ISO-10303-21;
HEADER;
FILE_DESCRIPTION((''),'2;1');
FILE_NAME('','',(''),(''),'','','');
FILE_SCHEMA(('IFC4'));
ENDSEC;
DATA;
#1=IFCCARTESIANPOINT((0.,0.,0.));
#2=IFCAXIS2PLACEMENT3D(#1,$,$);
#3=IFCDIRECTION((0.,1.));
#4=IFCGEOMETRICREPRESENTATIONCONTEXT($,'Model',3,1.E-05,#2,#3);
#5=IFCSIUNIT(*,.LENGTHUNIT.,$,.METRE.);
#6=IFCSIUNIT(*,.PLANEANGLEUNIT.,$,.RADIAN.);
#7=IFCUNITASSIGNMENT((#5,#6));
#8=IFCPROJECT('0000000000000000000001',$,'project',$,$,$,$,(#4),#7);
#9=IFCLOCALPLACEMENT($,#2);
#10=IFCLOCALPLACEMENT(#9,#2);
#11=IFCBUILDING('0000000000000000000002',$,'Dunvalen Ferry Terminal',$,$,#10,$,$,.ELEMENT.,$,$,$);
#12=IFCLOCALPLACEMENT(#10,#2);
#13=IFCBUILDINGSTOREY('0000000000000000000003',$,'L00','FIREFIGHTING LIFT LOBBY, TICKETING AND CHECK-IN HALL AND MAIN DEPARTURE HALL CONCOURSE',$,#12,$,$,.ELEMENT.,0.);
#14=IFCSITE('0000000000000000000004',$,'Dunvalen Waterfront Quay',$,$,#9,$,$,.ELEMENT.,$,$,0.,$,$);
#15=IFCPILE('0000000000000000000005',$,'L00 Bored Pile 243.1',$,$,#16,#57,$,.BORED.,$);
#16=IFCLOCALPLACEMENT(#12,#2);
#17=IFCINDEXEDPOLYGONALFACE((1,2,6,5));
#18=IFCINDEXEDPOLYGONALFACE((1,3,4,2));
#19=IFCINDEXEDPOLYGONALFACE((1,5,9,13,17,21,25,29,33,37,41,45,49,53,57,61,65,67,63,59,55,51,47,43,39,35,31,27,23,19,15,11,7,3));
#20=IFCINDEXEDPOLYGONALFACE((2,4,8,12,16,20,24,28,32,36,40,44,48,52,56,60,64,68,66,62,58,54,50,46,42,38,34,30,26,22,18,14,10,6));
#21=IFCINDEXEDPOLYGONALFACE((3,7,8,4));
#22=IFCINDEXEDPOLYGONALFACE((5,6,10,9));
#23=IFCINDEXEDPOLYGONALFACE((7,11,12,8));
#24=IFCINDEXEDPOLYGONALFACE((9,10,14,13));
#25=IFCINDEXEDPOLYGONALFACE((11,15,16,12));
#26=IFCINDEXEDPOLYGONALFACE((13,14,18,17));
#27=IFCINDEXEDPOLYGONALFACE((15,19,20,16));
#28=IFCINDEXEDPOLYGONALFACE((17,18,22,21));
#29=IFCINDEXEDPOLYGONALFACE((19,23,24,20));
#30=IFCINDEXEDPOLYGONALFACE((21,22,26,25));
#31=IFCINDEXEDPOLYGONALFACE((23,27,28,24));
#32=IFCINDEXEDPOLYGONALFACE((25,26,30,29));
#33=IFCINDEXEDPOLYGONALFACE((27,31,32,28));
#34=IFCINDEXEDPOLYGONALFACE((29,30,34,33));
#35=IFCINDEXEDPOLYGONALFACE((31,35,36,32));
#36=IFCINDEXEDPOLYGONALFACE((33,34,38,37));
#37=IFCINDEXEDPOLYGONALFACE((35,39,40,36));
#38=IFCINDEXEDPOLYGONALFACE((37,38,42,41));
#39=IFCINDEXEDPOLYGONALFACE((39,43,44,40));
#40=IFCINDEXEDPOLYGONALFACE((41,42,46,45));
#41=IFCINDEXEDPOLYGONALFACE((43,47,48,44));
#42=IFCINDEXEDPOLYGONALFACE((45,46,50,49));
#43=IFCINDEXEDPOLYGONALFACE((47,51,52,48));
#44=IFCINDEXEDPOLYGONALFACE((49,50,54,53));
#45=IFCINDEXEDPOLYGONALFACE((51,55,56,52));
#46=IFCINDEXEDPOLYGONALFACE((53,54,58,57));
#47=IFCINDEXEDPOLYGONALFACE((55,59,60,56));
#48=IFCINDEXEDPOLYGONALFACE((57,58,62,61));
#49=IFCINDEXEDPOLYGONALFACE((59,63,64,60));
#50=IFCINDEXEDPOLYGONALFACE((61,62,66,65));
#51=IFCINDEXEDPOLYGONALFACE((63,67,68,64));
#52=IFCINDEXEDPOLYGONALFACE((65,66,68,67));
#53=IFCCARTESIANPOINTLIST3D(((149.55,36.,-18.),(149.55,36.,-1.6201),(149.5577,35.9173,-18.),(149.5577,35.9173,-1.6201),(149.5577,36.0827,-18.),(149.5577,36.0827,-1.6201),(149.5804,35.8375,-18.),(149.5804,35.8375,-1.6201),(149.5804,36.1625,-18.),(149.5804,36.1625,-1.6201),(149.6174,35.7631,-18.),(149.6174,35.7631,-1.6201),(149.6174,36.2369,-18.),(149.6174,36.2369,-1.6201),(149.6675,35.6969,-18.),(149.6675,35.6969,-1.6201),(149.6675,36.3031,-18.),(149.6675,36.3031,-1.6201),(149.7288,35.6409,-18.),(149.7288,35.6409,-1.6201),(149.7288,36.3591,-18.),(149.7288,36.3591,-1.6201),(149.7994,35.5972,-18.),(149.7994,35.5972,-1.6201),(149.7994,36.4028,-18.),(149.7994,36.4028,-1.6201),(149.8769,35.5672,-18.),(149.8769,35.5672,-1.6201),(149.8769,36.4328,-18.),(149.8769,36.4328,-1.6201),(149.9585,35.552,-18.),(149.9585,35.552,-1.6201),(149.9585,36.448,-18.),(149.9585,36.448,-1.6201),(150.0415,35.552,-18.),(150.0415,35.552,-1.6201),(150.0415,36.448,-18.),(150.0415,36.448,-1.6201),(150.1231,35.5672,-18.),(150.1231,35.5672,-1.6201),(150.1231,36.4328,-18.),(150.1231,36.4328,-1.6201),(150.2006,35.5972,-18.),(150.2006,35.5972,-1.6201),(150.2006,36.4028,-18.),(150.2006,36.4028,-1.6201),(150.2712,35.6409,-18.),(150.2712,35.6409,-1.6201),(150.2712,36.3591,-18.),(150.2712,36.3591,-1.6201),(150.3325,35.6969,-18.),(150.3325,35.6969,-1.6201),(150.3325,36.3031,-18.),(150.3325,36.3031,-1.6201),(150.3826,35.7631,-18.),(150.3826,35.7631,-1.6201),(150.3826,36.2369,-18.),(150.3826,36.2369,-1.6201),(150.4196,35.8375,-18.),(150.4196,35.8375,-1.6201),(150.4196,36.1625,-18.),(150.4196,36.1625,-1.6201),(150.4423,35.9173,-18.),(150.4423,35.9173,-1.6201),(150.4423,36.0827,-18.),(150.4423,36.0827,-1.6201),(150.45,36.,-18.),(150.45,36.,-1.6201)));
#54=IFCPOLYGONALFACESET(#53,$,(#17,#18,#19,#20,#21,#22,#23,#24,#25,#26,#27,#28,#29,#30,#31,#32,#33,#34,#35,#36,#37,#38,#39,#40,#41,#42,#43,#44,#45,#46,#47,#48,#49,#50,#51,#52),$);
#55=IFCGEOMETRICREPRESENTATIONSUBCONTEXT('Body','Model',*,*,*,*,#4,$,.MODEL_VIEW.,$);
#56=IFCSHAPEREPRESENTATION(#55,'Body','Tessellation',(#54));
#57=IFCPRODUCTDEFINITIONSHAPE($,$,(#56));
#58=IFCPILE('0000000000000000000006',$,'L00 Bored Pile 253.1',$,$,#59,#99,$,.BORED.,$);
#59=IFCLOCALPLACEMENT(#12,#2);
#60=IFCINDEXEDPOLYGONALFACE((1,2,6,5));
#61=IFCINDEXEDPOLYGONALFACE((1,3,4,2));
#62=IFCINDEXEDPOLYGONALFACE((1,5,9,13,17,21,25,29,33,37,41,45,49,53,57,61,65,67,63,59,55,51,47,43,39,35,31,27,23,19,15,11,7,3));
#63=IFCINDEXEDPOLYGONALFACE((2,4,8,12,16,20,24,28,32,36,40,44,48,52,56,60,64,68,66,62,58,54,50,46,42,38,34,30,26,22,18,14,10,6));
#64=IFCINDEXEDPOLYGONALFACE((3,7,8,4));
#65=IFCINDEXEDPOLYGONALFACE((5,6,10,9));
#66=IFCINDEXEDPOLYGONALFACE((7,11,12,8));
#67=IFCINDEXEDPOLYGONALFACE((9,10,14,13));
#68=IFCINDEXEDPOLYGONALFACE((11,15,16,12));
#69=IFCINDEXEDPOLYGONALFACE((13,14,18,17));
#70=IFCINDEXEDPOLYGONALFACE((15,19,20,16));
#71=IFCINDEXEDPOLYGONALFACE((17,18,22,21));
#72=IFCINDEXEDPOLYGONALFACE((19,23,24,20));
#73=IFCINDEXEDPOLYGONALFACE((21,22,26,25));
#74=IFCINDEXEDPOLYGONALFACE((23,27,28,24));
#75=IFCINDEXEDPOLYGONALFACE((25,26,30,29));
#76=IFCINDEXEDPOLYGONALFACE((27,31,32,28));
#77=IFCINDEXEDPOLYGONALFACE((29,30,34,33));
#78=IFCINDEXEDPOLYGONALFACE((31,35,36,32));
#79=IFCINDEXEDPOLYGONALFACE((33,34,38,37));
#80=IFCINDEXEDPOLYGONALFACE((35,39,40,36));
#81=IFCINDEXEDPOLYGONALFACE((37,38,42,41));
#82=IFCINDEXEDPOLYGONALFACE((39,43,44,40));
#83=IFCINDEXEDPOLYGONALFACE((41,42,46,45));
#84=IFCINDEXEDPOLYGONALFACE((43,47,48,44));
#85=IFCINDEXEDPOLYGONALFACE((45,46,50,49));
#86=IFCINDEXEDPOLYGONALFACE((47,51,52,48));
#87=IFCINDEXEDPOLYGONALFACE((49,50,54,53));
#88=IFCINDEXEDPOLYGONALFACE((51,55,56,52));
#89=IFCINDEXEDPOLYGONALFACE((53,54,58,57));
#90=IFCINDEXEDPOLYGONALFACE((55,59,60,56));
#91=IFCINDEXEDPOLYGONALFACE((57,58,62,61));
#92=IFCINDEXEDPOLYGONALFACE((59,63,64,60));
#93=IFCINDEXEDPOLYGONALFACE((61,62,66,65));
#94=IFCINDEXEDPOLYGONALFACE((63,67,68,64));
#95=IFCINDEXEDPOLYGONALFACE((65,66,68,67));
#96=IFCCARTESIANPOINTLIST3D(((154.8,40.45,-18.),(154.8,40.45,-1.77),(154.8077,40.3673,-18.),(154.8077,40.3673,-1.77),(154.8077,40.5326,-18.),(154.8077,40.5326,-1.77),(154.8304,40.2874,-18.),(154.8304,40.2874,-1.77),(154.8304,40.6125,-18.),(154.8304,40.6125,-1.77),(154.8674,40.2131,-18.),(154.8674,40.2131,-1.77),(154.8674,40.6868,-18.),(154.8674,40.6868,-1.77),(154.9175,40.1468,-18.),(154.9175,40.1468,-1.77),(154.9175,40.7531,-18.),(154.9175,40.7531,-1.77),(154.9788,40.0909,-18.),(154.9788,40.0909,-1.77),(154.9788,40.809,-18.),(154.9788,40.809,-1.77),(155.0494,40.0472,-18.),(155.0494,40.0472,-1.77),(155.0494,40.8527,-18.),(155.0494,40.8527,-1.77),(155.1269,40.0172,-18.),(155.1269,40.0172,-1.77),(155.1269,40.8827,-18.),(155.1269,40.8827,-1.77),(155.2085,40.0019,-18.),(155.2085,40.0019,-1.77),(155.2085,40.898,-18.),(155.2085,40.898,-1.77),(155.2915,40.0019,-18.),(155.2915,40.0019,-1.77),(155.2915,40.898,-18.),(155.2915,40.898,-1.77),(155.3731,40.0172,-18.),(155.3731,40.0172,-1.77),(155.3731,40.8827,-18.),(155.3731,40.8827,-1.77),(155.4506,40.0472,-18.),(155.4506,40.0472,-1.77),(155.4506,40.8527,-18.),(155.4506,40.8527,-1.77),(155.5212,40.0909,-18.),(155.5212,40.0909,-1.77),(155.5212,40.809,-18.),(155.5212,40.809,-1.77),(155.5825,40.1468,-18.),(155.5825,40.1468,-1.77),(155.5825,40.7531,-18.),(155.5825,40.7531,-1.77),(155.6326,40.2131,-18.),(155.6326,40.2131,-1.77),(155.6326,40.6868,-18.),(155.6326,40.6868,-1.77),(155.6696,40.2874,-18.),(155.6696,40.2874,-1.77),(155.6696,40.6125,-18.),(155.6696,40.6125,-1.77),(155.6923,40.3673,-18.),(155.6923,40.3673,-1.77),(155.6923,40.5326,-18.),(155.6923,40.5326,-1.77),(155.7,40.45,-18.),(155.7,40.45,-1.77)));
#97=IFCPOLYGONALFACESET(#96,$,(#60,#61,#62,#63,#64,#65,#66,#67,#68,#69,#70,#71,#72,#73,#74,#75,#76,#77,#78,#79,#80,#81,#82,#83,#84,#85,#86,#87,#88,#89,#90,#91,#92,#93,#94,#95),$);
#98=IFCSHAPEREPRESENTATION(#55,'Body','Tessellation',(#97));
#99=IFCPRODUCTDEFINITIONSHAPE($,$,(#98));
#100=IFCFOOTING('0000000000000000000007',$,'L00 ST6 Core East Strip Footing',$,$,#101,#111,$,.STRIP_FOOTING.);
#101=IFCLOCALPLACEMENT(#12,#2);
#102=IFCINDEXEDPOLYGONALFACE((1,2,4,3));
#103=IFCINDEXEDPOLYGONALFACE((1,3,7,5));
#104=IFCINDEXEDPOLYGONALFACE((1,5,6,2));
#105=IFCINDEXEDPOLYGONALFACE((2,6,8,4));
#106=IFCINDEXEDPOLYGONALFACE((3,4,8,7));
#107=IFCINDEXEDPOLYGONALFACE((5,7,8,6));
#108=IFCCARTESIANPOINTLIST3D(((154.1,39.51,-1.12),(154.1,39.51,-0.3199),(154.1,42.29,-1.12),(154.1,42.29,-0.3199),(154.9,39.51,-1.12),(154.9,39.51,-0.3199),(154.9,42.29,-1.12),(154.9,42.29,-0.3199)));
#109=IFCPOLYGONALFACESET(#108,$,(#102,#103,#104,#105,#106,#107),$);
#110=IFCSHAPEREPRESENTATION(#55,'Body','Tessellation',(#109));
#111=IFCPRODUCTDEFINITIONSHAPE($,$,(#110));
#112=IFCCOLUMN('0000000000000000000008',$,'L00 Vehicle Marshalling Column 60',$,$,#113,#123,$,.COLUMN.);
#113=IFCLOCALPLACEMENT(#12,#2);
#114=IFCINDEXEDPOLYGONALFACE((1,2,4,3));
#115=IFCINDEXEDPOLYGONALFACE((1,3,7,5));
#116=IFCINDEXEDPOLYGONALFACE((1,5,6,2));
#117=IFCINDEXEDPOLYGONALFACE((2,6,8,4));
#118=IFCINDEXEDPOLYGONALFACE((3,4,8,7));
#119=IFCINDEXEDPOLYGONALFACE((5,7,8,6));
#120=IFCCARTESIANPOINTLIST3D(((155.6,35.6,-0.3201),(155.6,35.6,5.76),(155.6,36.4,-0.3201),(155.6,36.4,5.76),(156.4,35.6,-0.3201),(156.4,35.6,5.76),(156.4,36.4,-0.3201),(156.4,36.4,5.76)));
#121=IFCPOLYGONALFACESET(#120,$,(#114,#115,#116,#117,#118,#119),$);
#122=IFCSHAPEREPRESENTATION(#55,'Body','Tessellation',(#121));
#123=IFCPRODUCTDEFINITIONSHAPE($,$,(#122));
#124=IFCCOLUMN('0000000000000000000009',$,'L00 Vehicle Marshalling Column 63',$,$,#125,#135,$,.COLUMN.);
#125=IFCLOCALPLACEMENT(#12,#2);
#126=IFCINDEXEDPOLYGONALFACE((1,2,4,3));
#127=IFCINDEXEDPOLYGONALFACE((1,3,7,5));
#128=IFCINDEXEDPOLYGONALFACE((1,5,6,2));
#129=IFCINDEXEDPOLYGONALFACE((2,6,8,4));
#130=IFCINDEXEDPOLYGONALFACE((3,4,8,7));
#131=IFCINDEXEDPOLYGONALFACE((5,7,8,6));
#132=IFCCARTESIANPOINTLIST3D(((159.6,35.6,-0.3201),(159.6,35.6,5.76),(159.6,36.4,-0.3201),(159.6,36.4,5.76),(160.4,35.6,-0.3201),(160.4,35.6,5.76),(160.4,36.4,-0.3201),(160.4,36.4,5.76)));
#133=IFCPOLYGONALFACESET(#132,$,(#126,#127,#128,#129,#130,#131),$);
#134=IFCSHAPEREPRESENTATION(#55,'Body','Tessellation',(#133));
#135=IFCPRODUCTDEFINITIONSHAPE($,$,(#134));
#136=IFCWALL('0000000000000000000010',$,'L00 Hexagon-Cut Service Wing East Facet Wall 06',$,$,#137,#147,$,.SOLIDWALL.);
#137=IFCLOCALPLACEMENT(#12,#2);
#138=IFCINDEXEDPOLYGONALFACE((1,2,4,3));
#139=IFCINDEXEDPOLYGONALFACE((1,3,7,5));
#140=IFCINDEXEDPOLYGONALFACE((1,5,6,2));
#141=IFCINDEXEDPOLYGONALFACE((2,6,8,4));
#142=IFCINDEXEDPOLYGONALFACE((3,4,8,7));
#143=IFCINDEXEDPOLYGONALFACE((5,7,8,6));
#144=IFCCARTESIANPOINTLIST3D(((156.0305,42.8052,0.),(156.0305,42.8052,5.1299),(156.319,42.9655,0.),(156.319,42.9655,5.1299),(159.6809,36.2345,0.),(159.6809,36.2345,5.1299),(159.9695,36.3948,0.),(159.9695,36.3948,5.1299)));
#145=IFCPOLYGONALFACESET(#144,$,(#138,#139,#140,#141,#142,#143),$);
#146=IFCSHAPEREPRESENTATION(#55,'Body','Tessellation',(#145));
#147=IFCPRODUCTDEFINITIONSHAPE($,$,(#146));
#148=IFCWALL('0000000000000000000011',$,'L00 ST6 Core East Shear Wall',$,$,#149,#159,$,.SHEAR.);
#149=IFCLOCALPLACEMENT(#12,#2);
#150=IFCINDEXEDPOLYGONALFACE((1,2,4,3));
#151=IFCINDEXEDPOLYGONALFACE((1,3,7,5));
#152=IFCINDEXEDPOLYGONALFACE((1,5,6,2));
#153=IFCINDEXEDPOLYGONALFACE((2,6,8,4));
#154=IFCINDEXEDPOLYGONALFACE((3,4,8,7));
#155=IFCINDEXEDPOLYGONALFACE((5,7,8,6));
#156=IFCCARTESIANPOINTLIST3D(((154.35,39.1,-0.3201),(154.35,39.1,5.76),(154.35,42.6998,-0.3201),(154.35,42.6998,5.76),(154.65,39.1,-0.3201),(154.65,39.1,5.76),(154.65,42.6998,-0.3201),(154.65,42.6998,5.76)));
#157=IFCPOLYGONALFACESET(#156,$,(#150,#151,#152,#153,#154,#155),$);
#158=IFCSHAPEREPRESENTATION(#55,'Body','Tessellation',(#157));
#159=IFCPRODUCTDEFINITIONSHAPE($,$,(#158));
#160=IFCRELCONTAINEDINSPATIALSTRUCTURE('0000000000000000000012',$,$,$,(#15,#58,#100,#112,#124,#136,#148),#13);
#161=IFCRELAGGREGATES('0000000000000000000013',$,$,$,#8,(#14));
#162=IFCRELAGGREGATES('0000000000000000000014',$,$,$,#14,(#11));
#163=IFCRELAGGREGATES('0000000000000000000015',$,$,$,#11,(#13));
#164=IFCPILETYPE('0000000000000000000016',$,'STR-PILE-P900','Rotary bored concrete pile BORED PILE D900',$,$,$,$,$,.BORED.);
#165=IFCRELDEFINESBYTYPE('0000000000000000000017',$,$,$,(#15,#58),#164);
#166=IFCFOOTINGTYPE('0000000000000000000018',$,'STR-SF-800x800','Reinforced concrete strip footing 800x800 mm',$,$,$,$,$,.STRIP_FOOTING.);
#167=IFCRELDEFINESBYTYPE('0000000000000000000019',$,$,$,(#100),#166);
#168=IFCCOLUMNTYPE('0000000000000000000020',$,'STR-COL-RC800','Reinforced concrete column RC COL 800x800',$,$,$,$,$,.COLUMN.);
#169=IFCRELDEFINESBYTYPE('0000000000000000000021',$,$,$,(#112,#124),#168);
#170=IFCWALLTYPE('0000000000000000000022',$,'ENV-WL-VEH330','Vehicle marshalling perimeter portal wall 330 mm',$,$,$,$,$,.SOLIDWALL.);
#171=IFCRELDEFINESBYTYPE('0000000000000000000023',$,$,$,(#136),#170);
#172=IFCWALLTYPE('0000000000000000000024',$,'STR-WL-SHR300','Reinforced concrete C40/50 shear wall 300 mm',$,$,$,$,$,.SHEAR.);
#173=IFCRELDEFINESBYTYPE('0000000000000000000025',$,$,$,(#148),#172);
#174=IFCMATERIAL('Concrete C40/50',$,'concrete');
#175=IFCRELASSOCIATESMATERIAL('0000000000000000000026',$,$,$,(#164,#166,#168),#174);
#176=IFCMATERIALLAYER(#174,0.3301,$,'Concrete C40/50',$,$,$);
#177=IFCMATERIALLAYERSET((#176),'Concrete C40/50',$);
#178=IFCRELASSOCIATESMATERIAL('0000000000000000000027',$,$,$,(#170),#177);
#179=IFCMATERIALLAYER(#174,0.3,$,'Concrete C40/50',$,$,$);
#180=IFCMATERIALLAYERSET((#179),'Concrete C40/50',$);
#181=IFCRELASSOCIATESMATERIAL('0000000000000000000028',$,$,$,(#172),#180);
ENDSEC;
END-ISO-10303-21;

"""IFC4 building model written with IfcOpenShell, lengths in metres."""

from ifc_helpers import new_model, si_unit, direction, frame, frame_2d, origin, origin_2d, place, context, subcontext, project, spatial, rectangle, circle, extrude, material, layer, layer_set, material_profile, profile_set, type_object, element, save


model = new_model("IFC4")

# Units and contexts
model_context = context("Model", 3, precision=1e-05, world=origin(), true_north=direction((0.0, 1.0)))
body_context = subcontext(model_context, "Body", "Model", "MODEL_VIEW")
ifc_project = project(units=[si_unit("LENGTHUNIT", "METRE"), si_unit("PLANEANGLEUNIT", "RADIAN")], contexts=[model_context])

# Site, building, storey
site_placement = place(None, origin())
site = spatial("IfcSite", under=ifc_project, at=site_placement, Name="Dunvalen Waterfront Quay", CompositionType="ELEMENT", RefElevation=0.0)
building_placement = place(site_placement, origin())
building = spatial("IfcBuilding", under=site, at=building_placement, Name="Dunvalen Ferry Terminal", CompositionType="ELEMENT")
storey_placement = place(building_placement, origin())
storey = spatial("IfcBuildingStorey", under=building, at=storey_placement, Name="L00", Description="FIREFIGHTING LIFT LOBBY, TICKETING AND CHECK-IN HALL AND MAIN DEPARTURE HALL CONCOURSE", CompositionType="ELEMENT", Elevation=0.0)

# Shared definitions
ifc_material_1 = material(Name="Concrete C40/50", Category="concrete")

# Piles
ifc_material_profile_1 = material_profile(ifc_material_1, circle(Radius=0.45, at=origin_2d()), Name="Concrete C40/50")
ifc_profile_set_1 = profile_set([ifc_material_profile_1], Name="Concrete C40/50")
pile_type_1 = type_object("IfcPileType", Name="STR-PILE-P900", Description="Rotary bored concrete pile BORED PILE D900", PredefinedType="BORED", material=ifc_profile_set_1)
pile_1_placement = place(storey_placement, frame((150.0, 36.0, -1.6201), z_axis=(0.0, 0.0, -1.0), x_axis=(1.0, 0.0, 0.0)))
element("IfcPile", 1, at=pile_1_placement, inside=storey, type_object=pile_type_1, Name="L00 Bored Pile 243.1", PredefinedType="BORED", context=body_context, shape_type="SweptSolid", body=[
    extrude(circle(Radius=0.45, at=origin_2d()), origin(), (0.0, 0.0, 1.0), 16.3799),
])
pile_2_placement = place(storey_placement, frame((155.25, 40.45, -1.77), z_axis=(0.0, 0.0, -1.0), x_axis=(1.0, 0.0, 0.0)))
element("IfcPile", 2, at=pile_2_placement, inside=storey, type_object=pile_type_1, Name="L00 Bored Pile 253.1", PredefinedType="BORED", context=body_context, shape_type="SweptSolid", body=[
    extrude(circle(Radius=0.45, at=origin_2d()), origin(), (0.0, 0.0, 1.0), 16.23),
])

# Footing
ifc_material_profile_2 = material_profile(ifc_material_1, rectangle(XDim=0.8, YDim=0.8, at=origin_2d()), Name="Concrete C40/50")
ifc_profile_set_2 = profile_set([ifc_material_profile_2], Name="Concrete C40/50")
footing_type_1 = type_object("IfcFootingType", Name="STR-SF-800x800", Description="Reinforced concrete strip footing 800x800 mm", PredefinedType="STRIP_FOOTING", material=ifc_profile_set_2)
footing_1_placement = place(storey_placement, frame((154.5, 39.51, -0.72), z_axis=(0.0, 1.0, 0.0), x_axis=(-1.0, 0.0, 0.0)))
element("IfcFooting", 3, at=footing_1_placement, inside=storey, type_object=footing_type_1, Name="L00 ST6 Core East Strip Footing", PredefinedType="STRIP_FOOTING", context=body_context, shape_type="SweptSolid", body=[
    extrude(rectangle(XDim=0.8, YDim=0.8, at=origin_2d()), origin(), (0.0, 0.0, 1.0), 2.78),
])

# Columns
ifc_material_profile_3 = material_profile(ifc_material_1, rectangle(XDim=0.8, YDim=0.8, at=origin_2d()), Name="Concrete C40/50")
ifc_profile_set_3 = profile_set([ifc_material_profile_3], Name="Concrete C40/50")
column_type = type_object("IfcColumnType", Name="STR-COL-RC800", Description="Reinforced concrete column RC COL 800x800", PredefinedType="COLUMN", material=ifc_profile_set_3)
for number, where, z_axis, x_axis, name in (
    (4, (156.0, 36.0, -0.3201), (0.0, 0.0, 1.0), (1.0, 0.0, 0.0), "L00 Vehicle Marshalling Column 60"),
    (5, (160.0, 36.0, -0.3201), (0.0, 0.0, 1.0), (1.0, 0.0, 0.0), "L00 Vehicle Marshalling Column 63"),
):
    element("IfcColumn", number, at=place(storey_placement, frame(where, z_axis=z_axis, x_axis=x_axis)), inside=storey, type_object=column_type, Name=name, PredefinedType="COLUMN", context=body_context, shape_type="SweptSolid", body=[
        extrude(rectangle(XDim=0.8, YDim=0.8, at=origin_2d()), origin(), (0.0, 0.0, 1.0), 6.0801),
    ])

# Shared definitions
ifc_layer_1 = layer(ifc_material_1, 0.3301, Name="Concrete C40/50")
ifc_layer_set_1 = layer_set([ifc_layer_1], Name="Concrete C40/50")
wall_type_1 = type_object("IfcWallType", Name="ENV-WL-VEH330", Description="Vehicle marshalling perimeter portal wall 330 mm", PredefinedType="SOLIDWALL", material=ifc_layer_set_1)

# Walls
wall_1_placement = place(storey_placement, frame((159.8252, 36.3147, 0.0), z_axis=(0.0, 0.0, 1.0), x_axis=(-0.485651, 0.874153, 0.0)))
element("IfcWall", 6, at=wall_1_placement, inside=storey, type_object=wall_type_1, Name="L00 Hexagon-Cut Service Wing East Facet Wall 06", PredefinedType="SOLIDWALL", context=body_context, shape_type="SweptSolid", body=[
    extrude(rectangle(XDim=7.5166, YDim=0.3301, at=frame_2d((3.7583, 0.0))), origin(), (0.0, 0.0, 1.0), 5.1299),
])
ifc_layer_2 = layer(ifc_material_1, 0.3, Name="Concrete C40/50")
ifc_layer_set_2 = layer_set([ifc_layer_2], Name="Concrete C40/50")
wall_type_2 = type_object("IfcWallType", Name="STR-WL-SHR300", Description="Reinforced concrete C40/50 shear wall 300 mm", PredefinedType="SHEAR", material=ifc_layer_set_2)
wall_2_placement = place(storey_placement, frame((154.5, 39.1001, -0.3201), z_axis=(0.0, 0.0, 1.0), x_axis=(0.0, 1.0, 0.0)))
element("IfcWall", 7, at=wall_2_placement, inside=storey, type_object=wall_type_2, Name="L00 ST6 Core East Shear Wall", PredefinedType="SHEAR", context=body_context, shape_type="SweptSolid", body=[
    extrude(rectangle(XDim=3.5999, YDim=0.3, at=frame_2d((1.7998, 0.0))), origin(), (0.0, 0.0, 1.0), 6.0801),
])

save(model, "model.ifc")
